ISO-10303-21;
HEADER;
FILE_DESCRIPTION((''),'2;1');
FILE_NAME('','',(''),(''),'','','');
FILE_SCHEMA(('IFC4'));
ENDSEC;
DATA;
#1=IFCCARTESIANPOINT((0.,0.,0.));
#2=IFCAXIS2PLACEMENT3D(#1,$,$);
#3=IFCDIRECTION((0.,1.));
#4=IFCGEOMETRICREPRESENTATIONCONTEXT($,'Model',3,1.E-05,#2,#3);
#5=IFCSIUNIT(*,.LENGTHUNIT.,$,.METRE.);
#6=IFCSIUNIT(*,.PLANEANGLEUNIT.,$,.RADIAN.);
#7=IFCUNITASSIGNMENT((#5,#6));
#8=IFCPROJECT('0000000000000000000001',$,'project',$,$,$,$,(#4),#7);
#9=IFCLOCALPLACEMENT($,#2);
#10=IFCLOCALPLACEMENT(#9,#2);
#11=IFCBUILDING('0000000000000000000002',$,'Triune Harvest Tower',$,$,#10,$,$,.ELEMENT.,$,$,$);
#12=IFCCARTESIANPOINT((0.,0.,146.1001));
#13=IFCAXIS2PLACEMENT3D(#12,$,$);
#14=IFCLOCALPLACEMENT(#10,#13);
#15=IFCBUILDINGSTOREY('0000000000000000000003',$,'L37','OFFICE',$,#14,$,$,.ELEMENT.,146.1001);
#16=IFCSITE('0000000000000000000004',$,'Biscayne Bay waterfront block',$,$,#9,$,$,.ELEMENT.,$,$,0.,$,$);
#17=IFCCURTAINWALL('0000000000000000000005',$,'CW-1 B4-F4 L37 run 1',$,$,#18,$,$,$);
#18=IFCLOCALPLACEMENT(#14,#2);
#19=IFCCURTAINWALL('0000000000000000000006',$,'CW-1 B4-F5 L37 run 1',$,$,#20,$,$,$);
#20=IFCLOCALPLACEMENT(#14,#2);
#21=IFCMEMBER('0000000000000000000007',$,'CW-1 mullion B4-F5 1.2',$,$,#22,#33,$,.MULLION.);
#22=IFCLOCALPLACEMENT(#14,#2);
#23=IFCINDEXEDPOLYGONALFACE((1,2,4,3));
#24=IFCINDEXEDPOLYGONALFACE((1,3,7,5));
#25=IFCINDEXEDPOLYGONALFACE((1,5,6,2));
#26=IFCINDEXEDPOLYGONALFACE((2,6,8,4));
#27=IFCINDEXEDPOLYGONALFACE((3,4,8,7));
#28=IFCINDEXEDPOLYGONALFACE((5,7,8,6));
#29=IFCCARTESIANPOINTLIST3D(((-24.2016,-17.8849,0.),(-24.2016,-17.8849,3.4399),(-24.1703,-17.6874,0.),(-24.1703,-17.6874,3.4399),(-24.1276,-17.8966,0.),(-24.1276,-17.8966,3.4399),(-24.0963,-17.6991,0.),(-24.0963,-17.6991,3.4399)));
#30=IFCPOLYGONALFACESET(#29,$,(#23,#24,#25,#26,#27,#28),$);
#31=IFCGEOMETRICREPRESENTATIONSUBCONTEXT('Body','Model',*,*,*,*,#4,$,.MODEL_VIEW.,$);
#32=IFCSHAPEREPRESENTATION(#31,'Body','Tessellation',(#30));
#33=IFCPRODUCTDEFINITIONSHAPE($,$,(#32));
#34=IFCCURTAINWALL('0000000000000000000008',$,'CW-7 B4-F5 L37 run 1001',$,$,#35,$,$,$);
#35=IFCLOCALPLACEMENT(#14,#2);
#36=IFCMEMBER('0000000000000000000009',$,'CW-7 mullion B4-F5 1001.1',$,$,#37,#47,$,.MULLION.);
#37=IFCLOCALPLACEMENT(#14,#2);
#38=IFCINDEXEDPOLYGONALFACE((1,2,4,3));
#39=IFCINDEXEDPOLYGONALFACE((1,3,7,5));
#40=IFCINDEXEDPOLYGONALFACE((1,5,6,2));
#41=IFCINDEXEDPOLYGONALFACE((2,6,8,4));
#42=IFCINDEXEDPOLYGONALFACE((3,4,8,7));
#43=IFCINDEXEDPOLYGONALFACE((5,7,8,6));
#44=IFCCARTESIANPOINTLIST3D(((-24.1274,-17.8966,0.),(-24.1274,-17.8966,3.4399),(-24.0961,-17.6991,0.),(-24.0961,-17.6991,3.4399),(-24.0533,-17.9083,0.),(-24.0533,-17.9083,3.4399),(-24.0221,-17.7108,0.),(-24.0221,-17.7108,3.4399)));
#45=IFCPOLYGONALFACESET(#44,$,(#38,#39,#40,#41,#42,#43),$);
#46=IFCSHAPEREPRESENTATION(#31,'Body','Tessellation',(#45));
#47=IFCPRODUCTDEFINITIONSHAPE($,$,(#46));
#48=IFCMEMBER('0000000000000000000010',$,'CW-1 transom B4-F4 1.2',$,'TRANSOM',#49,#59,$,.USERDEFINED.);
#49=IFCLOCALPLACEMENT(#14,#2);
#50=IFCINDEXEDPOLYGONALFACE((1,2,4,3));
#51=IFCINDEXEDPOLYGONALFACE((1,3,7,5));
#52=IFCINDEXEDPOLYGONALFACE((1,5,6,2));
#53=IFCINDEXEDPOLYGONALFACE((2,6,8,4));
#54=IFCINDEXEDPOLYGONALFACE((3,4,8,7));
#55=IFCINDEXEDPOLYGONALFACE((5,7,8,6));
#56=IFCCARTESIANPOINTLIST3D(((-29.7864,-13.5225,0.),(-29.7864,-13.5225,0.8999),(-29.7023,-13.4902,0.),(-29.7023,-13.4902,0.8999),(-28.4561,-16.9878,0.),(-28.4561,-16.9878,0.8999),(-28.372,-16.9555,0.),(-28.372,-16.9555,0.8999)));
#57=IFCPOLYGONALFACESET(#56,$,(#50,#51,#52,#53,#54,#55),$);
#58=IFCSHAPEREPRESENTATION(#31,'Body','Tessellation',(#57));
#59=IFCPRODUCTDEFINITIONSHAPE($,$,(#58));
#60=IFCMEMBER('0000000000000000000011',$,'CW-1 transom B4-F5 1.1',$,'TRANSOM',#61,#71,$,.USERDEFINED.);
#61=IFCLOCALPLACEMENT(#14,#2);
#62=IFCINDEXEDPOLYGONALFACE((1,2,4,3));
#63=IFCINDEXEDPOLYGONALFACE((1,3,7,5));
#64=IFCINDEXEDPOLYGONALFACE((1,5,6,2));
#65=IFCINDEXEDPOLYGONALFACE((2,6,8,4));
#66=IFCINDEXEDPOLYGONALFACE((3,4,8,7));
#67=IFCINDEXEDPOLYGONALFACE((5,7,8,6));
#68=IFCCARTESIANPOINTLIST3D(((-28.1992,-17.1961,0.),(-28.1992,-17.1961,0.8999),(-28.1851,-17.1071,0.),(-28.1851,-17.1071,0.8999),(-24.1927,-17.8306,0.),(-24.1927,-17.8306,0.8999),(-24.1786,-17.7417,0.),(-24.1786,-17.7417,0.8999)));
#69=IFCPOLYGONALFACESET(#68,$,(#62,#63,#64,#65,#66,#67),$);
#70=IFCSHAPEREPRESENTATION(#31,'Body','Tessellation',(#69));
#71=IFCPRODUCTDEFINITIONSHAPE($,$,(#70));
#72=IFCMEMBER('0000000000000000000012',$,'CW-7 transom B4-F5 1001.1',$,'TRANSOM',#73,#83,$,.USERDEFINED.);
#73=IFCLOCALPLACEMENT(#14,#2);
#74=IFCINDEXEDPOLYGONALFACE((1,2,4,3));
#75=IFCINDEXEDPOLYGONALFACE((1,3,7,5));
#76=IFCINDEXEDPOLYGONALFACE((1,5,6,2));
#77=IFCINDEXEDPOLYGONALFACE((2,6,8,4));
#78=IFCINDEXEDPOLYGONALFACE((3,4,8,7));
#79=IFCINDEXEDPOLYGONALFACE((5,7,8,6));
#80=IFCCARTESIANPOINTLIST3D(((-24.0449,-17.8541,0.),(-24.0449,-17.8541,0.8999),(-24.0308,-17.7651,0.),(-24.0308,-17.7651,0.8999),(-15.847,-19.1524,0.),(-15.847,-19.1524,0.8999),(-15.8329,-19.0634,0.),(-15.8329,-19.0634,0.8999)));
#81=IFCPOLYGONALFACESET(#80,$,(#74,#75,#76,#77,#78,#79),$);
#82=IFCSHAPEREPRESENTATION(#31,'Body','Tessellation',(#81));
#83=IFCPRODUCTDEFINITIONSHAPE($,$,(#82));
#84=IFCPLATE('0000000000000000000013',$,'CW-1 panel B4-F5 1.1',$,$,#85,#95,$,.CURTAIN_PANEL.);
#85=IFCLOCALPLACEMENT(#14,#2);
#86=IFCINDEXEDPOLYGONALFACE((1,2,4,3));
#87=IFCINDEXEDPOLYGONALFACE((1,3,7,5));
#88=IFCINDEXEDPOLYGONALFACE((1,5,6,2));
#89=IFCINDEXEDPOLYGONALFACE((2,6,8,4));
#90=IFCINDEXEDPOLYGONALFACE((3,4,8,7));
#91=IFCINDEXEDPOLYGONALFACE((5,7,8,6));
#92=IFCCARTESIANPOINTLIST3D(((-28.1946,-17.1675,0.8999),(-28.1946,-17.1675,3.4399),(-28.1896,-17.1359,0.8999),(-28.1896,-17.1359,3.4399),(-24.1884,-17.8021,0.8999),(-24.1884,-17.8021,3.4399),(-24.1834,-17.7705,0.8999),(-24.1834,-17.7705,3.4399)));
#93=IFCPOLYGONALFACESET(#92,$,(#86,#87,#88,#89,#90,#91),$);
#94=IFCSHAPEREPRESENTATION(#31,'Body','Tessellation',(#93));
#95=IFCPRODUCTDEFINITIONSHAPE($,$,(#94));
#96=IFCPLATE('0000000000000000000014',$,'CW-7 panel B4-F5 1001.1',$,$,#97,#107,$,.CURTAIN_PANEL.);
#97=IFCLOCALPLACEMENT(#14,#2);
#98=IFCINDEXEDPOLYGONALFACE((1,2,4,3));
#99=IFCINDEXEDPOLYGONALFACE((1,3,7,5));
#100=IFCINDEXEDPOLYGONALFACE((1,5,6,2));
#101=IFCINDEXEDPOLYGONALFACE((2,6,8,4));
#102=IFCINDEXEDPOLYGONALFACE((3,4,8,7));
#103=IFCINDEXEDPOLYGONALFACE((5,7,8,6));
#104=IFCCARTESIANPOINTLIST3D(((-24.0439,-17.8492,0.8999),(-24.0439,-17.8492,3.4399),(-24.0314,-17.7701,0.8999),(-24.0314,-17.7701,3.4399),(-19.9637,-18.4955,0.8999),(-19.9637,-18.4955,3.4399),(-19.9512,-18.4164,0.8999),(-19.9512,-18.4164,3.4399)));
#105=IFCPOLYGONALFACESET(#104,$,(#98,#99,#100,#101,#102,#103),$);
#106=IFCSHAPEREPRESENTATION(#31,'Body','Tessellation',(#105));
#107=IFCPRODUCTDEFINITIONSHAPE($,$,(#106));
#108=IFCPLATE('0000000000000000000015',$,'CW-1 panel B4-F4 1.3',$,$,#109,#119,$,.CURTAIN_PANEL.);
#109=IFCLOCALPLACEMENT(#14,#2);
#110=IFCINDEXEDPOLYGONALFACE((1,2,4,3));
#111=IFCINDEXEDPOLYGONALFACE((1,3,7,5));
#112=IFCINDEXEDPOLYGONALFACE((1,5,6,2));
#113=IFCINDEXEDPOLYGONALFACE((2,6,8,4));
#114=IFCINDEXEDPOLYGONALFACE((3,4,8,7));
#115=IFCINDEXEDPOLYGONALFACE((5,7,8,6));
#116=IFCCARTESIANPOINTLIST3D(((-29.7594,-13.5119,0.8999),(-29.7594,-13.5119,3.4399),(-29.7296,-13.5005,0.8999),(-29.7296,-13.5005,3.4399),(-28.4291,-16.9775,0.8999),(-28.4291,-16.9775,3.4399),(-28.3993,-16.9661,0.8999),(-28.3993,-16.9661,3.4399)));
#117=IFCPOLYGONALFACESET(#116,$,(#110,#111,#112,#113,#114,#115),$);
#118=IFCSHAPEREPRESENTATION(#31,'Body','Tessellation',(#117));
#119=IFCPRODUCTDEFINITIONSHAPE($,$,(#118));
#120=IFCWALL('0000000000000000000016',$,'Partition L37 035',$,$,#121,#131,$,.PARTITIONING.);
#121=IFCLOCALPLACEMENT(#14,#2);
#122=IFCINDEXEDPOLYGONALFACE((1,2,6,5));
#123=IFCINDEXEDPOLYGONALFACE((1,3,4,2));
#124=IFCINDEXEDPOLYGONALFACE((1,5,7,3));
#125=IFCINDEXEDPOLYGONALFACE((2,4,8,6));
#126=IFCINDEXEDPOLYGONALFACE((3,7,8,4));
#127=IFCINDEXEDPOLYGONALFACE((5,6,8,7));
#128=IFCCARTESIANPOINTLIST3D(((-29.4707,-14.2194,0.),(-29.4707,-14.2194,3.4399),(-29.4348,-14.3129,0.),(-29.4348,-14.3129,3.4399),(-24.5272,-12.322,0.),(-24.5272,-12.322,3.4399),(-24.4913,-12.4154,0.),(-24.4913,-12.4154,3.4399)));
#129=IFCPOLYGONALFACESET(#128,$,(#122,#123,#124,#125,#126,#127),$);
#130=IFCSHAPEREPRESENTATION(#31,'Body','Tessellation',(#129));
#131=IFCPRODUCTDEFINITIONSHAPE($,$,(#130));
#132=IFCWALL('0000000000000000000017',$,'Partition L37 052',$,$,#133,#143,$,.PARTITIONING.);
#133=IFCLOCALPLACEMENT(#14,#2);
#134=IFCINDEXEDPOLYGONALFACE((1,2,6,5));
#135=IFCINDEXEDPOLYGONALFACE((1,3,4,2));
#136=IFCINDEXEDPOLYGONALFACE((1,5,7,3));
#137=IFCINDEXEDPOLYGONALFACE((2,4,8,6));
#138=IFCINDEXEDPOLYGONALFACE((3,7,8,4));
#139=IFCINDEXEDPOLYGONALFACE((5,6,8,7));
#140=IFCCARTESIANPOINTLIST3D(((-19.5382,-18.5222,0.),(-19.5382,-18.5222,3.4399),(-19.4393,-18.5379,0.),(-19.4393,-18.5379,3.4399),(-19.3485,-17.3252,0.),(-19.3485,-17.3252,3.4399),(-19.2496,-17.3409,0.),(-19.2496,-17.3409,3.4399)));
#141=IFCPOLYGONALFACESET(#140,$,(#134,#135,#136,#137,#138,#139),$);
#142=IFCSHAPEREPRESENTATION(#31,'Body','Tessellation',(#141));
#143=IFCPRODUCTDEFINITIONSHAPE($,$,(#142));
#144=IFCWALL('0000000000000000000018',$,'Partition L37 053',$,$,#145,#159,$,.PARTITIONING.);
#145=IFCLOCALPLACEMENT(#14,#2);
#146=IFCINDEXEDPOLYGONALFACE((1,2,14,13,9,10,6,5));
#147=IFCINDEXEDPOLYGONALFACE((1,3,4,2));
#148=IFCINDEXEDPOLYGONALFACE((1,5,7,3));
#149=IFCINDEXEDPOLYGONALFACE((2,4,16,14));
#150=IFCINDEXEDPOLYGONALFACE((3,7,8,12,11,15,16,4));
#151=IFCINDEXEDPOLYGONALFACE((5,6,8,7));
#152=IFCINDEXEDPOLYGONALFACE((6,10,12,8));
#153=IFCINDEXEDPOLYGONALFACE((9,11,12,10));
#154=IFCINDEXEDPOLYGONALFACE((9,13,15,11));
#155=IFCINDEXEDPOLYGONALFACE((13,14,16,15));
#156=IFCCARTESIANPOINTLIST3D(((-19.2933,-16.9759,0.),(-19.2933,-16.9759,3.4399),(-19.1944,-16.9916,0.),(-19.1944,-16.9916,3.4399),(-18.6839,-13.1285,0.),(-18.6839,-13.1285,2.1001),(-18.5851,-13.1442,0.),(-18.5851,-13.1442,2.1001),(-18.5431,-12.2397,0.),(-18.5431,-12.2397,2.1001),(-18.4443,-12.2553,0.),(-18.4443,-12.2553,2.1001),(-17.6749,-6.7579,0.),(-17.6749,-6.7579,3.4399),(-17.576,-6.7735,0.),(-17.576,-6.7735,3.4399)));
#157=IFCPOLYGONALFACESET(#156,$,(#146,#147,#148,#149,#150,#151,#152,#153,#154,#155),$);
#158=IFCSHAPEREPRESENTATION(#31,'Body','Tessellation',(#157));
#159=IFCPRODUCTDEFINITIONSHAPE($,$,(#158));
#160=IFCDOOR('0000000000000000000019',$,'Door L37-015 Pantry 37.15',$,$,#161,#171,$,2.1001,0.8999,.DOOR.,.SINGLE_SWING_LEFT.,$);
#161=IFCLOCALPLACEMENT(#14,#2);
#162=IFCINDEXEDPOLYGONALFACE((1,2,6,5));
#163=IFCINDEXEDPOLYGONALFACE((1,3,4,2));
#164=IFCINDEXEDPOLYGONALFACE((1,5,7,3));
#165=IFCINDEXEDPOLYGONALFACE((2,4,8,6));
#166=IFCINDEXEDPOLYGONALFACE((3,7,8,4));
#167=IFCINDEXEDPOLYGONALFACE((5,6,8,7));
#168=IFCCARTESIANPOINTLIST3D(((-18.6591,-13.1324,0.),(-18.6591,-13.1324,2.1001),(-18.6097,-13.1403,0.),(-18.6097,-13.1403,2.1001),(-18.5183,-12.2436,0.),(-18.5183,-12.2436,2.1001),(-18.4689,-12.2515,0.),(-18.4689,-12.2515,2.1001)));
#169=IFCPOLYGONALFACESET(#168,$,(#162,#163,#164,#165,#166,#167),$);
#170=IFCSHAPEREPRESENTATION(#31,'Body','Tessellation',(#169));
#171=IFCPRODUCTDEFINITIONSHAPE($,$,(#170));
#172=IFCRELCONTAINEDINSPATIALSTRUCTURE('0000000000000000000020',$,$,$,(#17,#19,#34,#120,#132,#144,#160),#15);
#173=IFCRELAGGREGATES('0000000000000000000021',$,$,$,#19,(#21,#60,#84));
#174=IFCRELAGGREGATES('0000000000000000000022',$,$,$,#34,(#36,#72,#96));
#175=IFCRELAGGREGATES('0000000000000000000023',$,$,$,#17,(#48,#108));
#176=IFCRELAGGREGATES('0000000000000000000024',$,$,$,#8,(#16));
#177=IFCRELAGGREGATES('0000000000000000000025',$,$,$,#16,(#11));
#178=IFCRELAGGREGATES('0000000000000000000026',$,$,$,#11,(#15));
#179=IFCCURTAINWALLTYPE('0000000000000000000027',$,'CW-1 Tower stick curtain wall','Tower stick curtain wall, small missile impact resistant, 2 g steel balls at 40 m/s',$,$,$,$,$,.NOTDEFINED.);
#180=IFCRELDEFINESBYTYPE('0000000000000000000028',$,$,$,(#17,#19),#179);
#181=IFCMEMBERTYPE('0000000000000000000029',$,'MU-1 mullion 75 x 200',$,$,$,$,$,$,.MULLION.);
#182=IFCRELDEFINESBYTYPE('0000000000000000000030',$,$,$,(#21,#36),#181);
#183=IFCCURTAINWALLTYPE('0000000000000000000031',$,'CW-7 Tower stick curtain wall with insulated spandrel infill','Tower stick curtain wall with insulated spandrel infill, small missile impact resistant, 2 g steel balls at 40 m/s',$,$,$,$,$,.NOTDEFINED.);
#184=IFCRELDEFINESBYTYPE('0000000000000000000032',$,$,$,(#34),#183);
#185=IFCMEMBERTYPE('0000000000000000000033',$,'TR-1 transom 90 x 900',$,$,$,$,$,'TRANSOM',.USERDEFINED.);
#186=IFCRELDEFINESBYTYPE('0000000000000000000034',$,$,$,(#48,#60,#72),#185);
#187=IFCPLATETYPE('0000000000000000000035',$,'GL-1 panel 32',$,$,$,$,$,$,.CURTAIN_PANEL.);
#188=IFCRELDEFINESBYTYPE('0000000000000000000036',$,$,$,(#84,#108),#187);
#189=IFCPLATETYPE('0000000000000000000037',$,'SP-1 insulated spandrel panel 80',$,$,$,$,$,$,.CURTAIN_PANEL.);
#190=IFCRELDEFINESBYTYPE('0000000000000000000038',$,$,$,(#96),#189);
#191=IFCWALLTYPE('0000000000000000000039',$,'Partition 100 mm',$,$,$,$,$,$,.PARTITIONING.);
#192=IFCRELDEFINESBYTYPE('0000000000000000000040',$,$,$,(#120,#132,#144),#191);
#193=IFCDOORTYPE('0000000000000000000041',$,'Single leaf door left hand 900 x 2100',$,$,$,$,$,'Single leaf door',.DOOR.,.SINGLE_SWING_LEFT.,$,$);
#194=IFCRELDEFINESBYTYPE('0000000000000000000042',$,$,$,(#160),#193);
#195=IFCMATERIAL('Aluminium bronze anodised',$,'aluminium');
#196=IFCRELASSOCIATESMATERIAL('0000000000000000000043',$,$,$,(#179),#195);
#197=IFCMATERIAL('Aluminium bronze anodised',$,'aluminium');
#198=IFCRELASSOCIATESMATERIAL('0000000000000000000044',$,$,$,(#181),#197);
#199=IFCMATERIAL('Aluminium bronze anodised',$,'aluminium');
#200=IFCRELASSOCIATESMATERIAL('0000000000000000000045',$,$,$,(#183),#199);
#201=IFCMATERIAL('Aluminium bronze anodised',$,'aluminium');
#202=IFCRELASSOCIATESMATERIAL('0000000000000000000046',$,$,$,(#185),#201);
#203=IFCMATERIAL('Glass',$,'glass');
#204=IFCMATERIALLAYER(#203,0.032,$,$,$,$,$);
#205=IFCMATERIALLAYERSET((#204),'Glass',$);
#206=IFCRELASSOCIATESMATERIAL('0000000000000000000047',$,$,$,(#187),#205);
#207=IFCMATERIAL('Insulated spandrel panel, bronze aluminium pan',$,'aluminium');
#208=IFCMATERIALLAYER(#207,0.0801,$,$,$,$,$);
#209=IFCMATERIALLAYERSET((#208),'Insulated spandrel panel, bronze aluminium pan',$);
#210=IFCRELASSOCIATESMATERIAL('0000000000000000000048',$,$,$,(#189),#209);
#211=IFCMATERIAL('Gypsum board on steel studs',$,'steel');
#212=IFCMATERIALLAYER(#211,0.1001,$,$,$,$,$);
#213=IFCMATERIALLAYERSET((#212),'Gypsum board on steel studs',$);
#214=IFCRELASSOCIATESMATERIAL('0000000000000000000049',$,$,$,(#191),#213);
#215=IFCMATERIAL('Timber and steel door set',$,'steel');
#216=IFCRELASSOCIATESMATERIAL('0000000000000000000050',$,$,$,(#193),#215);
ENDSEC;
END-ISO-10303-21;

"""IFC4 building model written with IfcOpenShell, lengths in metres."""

from ifc_helpers import new_model, si_unit, direction, frame, frame_2d, origin, origin_2d, place, context, subcontext, project, spatial, rectangle, extrude, source, transform, mapped, material, layer, layer_set, material_profile, profile_set, type_object, element, fill, aggregate, save


model = new_model("IFC4")

# Units and contexts
model_context = context("Model", 3, precision=1e-05, world=origin(), true_north=direction((0.0, 1.0)))
body_context = subcontext(model_context, "Body", "Model", "MODEL_VIEW")
ifc_project = project(units=[si_unit("LENGTHUNIT", "METRE"), si_unit("PLANEANGLEUNIT", "RADIAN")], contexts=[model_context])

# Site, building, storey
site_placement = place(None, origin())
site = spatial("IfcSite", under=ifc_project, at=site_placement, Name="Biscayne Bay waterfront block", CompositionType="ELEMENT", RefElevation=0.0)
building_placement = place(site_placement, origin())
building = spatial("IfcBuilding", under=site, at=building_placement, Name="Triune Harvest Tower", CompositionType="ELEMENT")
storey_placement = place(building_placement, frame((0.0, 0.0, 146.1001)))
storey = spatial("IfcBuildingStorey", under=building, at=storey_placement, Name="L37", Description="OFFICE", CompositionType="ELEMENT", Elevation=146.1001)

# Curtain walls, member
ifc_material_1 = material(Name="Aluminium bronze anodised", Category="aluminium")
curtain_wall_type_1 = type_object("IfcCurtainWallType", Name="CW-1 Tower stick curtain wall", Description="Tower stick curtain wall, small missile impact resistant, 2 g steel balls at 40 m/s", PredefinedType="NOTDEFINED", material=ifc_material_1)
curtain_wall_1_placement = place(storey_placement, origin())
curtain_wall_1 = element("IfcCurtainWall", 1, at=curtain_wall_1_placement, inside=storey, type_object=curtain_wall_type_1, Name="CW-1 B4-F4 L37 run 1")
ifc_material_2 = material(Name="Aluminium bronze anodised", Category="aluminium")
ifc_material_profile_1 = material_profile(ifc_material_2, rectangle(XDim=0.2, YDim=0.075, at=origin_2d()), Name="MU-1 mullion 75 x 200")
ifc_profile_set_1 = profile_set([ifc_material_profile_1], Name="Aluminium bronze anodised")
member_type_1 = type_object("IfcMemberType", Name="MU-1 mullion 75 x 200", PredefinedType="MULLION", material=ifc_profile_set_1)
shared_shape_1 = source(origin(), body_context, "Body", "SweptSolid", [
    extrude(rectangle(XDim=0.2, YDim=0.075, at=origin_2d()), origin(), (0.0, 0.0, 1.0), 3.4399),
])
curtain_wall_2_placement = place(storey_placement, origin())
curtain_wall_2 = element("IfcCurtainWall", 2, at=curtain_wall_2_placement, inside=storey, type_object=curtain_wall_type_1, Name="CW-1 B4-F5 L37 run 1")
member_1_placement = place(storey_placement, frame((-24.1489, -17.792, 0.0), z_axis=(0.0, 0.0, 1.0), x_axis=(0.156444, 0.987687, 0.0)))
member_1 = element("IfcMember", 3, at=member_1_placement, type_object=member_type_1, Name="CW-1 mullion B4-F5 1.2", PredefinedType="MULLION", context=body_context, shape_type="MappedRepresentation", body=[
    mapped(shared_shape_1, transform((0.0, 0.0, 0.0), scale=1.0)),
])

# Curtain wall, member
ifc_material_3 = material(Name="Aluminium bronze anodised", Category="aluminium")
curtain_wall_type_2 = type_object("IfcCurtainWallType", Name="CW-7 Tower stick curtain wall with insulated spandrel infill", Description="Tower stick curtain wall with insulated spandrel infill, small missile impact resistant, 2 g steel balls at 40 m/s", PredefinedType="NOTDEFINED", material=ifc_material_3)
curtain_wall_3_placement = place(storey_placement, origin())
curtain_wall_3 = element("IfcCurtainWall", 4, at=curtain_wall_3_placement, inside=storey, type_object=curtain_wall_type_2, Name="CW-7 B4-F5 L37 run 1001")
member_2_placement = place(storey_placement, frame((-24.0747, -17.8037, 0.0), z_axis=(0.0, 0.0, 1.0), x_axis=(0.156433, 0.987689, 0.0)))
member_2 = element("IfcMember", 5, at=member_2_placement, type_object=member_type_1, Name="CW-7 mullion B4-F5 1001.1", PredefinedType="MULLION", context=body_context, shape_type="MappedRepresentation", body=[
    mapped(shared_shape_1, transform((0.0, 0.0, 0.0), scale=1.0)),
])

# Members
ifc_material_4 = material(Name="Aluminium bronze anodised", Category="aluminium")
ifc_material_profile_2 = material_profile(ifc_material_4, rectangle(XDim=0.0901, YDim=0.8999, at=origin_2d()), Name="TR-1 transom 90 x 900")
ifc_profile_set_2 = profile_set([ifc_material_profile_2], Name="Aluminium bronze anodised")
member_type_2 = type_object("IfcMemberType", Name="TR-1 transom 90 x 900", ElementType="TRANSOM", PredefinedType="USERDEFINED", material=ifc_profile_set_2)
shared_shape_2 = source(origin(), body_context, "Body", "SweptSolid", [
    extrude(rectangle(XDim=0.0901, YDim=0.8999, at=origin_2d()), origin(), (0.0, 0.0, 1.0), 3.7119),
])
member_3_placement = place(storey_placement, frame((-29.7444, -13.5063, 0.45), z_axis=(0.358393, -0.933571, 0.0), x_axis=(0.933571, 0.358393, 0.0)))
member_3 = element("IfcMember", 6, at=member_3_placement, type_object=member_type_2, Name="CW-1 transom B4-F4 1.2", ObjectType="TRANSOM", PredefinedType="USERDEFINED", context=body_context, shape_type="MappedRepresentation", body=[
    mapped(shared_shape_2, transform((0.0, 0.0, 0.0), scale=1.0)),
])
shared_shape_3 = source(origin(), body_context, "Body", "SweptSolid", [
    extrude(rectangle(XDim=0.0901, YDim=0.8999, at=origin_2d()), origin(), (0.0, 0.0, 1.0), 4.0564),
])
member_4_placement = place(storey_placement, frame((-28.1921, -17.1516, 0.45), z_axis=(0.987689, -0.156429, 0.0), x_axis=(0.156429, 0.987689, 0.0)))
member_4 = element("IfcMember", 7, at=member_4_placement, type_object=member_type_2, Name="CW-1 transom B4-F5 1.1", ObjectType="TRANSOM", PredefinedType="USERDEFINED", context=body_context, shape_type="MappedRepresentation", body=[
    mapped(shared_shape_3, transform((0.0, 0.0, 0.0), scale=1.0)),
])
shared_shape_4 = source(origin(), body_context, "Body", "SweptSolid", [
    extrude(rectangle(XDim=0.0901, YDim=0.8999, at=origin_2d()), origin(), (0.0, 0.0, 1.0), 8.3),
])
member_5_placement = place(storey_placement, frame((-24.0378, -17.8096, 0.45), z_axis=(0.987689, -0.156428, 0.0), x_axis=(0.156428, 0.987689, 0.0)))
member_5 = element("IfcMember", 8, at=member_5_placement, type_object=member_type_2, Name="CW-7 transom B4-F5 1001.1", ObjectType="TRANSOM", PredefinedType="USERDEFINED", context=body_context, shape_type="MappedRepresentation", body=[
    mapped(shared_shape_4, transform((0.0, 0.0, 0.0), scale=1.0)),
])

# Plates
ifc_material_5 = material(Name="Glass", Category="glass")
ifc_layer_1 = layer(ifc_material_5, 0.032)
ifc_layer_set_1 = layer_set([ifc_layer_1], Name="Glass")
plate_type_1 = type_object("IfcPlateType", Name="GL-1 panel 32", PredefinedType="CURTAIN_PANEL", material=ifc_layer_set_1)
shared_shape_5 = source(origin(), body_context, "Body", "SweptSolid", [
    extrude(rectangle(XDim=4.0562, YDim=0.032, at=origin_2d()), origin(), (0.0, 0.0, 1.0), 2.54),
])
plate_1_placement = place(storey_placement, frame((-26.189, -17.469, 0.8999), z_axis=(0.0, 0.0, 1.0), x_axis=(0.987687, -0.156444, 0.0)))
plate_1 = element("IfcPlate", 9, at=plate_1_placement, type_object=plate_type_1, Name="CW-1 panel B4-F5 1.1", PredefinedType="CURTAIN_PANEL", context=body_context, shape_type="MappedRepresentation", body=[
    mapped(shared_shape_5, transform((0.0, 0.0, 0.0), scale=1.0)),
])
aggregate(curtain_wall_2, [member_1, member_4, plate_1])
ifc_material_6 = material(Name="Insulated spandrel panel, bronze aluminium pan", Category="aluminium")
ifc_layer_2 = layer(ifc_material_6, 0.0801)
ifc_layer_set_2 = layer_set([ifc_layer_2], Name="Insulated spandrel panel, bronze aluminium pan")
plate_type_2 = type_object("IfcPlateType", Name="SP-1 insulated spandrel panel 80", PredefinedType="CURTAIN_PANEL", material=ifc_layer_set_2)
shared_shape_6 = source(origin(), body_context, "Body", "SweptSolid", [
    extrude(rectangle(XDim=4.1311, YDim=0.0801, at=origin_2d()), origin(), (0.0, 0.0, 1.0), 2.54),
])
plate_2_placement = place(storey_placement, frame((-21.9976, -18.1328, 0.8999), z_axis=(0.0, 0.0, 1.0), x_axis=(0.987689, -0.156433, 0.0)))
plate_2 = element("IfcPlate", 10, at=plate_2_placement, type_object=plate_type_2, Name="CW-7 panel B4-F5 1001.1", PredefinedType="CURTAIN_PANEL", context=body_context, shape_type="MappedRepresentation", body=[
    mapped(shared_shape_6, transform((0.0, 0.0, 0.0), scale=1.0)),
])
aggregate(curtain_wall_3, [member_2, member_5, plate_2])
shared_shape_7 = source(origin(), body_context, "Body", "SweptSolid", [
    extrude(rectangle(XDim=3.7122, YDim=0.032, at=origin_2d()), origin(), (0.0, 0.0, 1.0), 2.54),
])
plate_3_placement = place(storey_placement, frame((-29.0793, -15.239, 0.8999), z_axis=(0.0, 0.0, 1.0), x_axis=(0.358369, -0.93358, 0.0)))
plate_3 = element("IfcPlate", 11, at=plate_3_placement, type_object=plate_type_1, Name="CW-1 panel B4-F4 1.3", PredefinedType="CURTAIN_PANEL", context=body_context, shape_type="MappedRepresentation", body=[
    mapped(shared_shape_7, transform((0.0, 0.0, 0.0), scale=1.0)),
])
aggregate(curtain_wall_1, [member_3, plate_3])

# Walls
ifc_material_7 = material(Name="Gypsum board on steel studs", Category="steel")
ifc_layer_3 = layer(ifc_material_7, 0.1001)
ifc_layer_set_3 = layer_set([ifc_layer_3], Name="Gypsum board on steel studs")
wall_type = type_object("IfcWallType", Name="Partition 100 mm", PredefinedType="PARTITIONING", material=ifc_layer_set_3)
wall_1_placement = place(storey_placement, frame((-29.4526, -14.2661, 0.0), z_axis=(0.0, 0.0, 1.0), x_axis=(0.933594, 0.358333, 0.0)))
element("IfcWall", 12, at=wall_1_placement, inside=storey, type_object=wall_type, Name="Partition L37 035", PredefinedType="PARTITIONING", context=body_context, shape_type="SweptSolid", body=[
    extrude(rectangle(XDim=5.2952, YDim=0.1001, at=frame_2d((2.6475, 0.0))), origin(), (0.0, 0.0, 1.0), 3.4399),
])
shared_shape_8 = source(origin(), body_context, "Body", "SweptSolid", [
    extrude(rectangle(XDim=1.2119, YDim=0.1001, at=frame_2d((0.606, 0.0))), origin(), (0.0, 0.0, 1.0), 3.4399),
])
wall_2_placement = place(storey_placement, frame((-19.4888, -18.53, 0.0), z_axis=(0.0, 0.0, 1.0), x_axis=(0.156521, 0.987675, 0.0)))
element("IfcWall", 13, at=wall_2_placement, inside=storey, type_object=wall_type, Name="Partition L37 052", PredefinedType="PARTITIONING", context=body_context, shape_type="MappedRepresentation", body=[
    mapped(shared_shape_8, transform((0.0, 0.0, 0.0), scale=1.0)),
])

# Wall, opening, door
shared_shape_9 = source(origin(), body_context, "Body", "SweptSolid", [
    extrude(rectangle(XDim=10.3455, YDim=0.1001, at=frame_2d((5.1729, 0.0))), origin(), (0.0, 0.0, 1.0), 3.4399),
])
wall_3_placement = place(storey_placement, frame((-19.2439, -16.9839, 0.0), z_axis=(0.0, 0.0, 1.0), x_axis=(0.156438, 0.987688, 0.0)))
wall_3 = element("IfcWall", 14, at=wall_3_placement, inside=storey, type_object=wall_type, Name="Partition L37 053", PredefinedType="PARTITIONING", context=body_context, shape_type="MappedRepresentation", body=[
    mapped(shared_shape_9, transform((0.0, 0.0, 0.0), scale=1.0)),
])
opening_placement = place(wall_3_placement, frame((3.8955, 0.0, 0.0)))
opening = element("IfcOpeningElement", 15, at=opening_placement, cuts=wall_3, PredefinedType="OPENING", context=body_context, shape_type="SweptSolid", body=[
    extrude(rectangle(XDim=0.8999, YDim=2.1001, at=frame_2d((0.45, 1.05))), frame((0.0, 0.0601, 0.0), z_axis=(0.0, -1.0, 0.0), x_axis=(1.0, 0.0, 0.0)), (0.0, 0.0, 1.0), 0.1201),
])
ifc_material_8 = material(Name="Timber and steel door set", Category="steel")
door_type = type_object("IfcDoorType", Name="Single leaf door left hand 900 x 2100", ElementType="Single leaf door", OperationType="SINGLE_SWING_LEFT", PredefinedType="DOOR", material=ifc_material_8)
door_placement = place(opening_placement, origin())
door = element("IfcDoor", 16, at=door_placement, inside=storey, type_object=door_type, Name="Door L37-015 Pantry 37.15", OperationType="SINGLE_SWING_LEFT", OverallHeight=2.1001, OverallWidth=0.8999, PredefinedType="DOOR", context=body_context, shape_type="SweptSolid", body=[
    extrude(rectangle(XDim=0.8999, YDim=2.1001, at=frame_2d((0.45, 1.05))), frame((0.0, 0.0249, 0.0), z_axis=(0.0, -1.0, 0.0), x_axis=(1.0, 0.0, 0.0)), (0.0, 0.0, 1.0), 0.05),
])
fill(opening, door)

save(model, "model.ifc")
